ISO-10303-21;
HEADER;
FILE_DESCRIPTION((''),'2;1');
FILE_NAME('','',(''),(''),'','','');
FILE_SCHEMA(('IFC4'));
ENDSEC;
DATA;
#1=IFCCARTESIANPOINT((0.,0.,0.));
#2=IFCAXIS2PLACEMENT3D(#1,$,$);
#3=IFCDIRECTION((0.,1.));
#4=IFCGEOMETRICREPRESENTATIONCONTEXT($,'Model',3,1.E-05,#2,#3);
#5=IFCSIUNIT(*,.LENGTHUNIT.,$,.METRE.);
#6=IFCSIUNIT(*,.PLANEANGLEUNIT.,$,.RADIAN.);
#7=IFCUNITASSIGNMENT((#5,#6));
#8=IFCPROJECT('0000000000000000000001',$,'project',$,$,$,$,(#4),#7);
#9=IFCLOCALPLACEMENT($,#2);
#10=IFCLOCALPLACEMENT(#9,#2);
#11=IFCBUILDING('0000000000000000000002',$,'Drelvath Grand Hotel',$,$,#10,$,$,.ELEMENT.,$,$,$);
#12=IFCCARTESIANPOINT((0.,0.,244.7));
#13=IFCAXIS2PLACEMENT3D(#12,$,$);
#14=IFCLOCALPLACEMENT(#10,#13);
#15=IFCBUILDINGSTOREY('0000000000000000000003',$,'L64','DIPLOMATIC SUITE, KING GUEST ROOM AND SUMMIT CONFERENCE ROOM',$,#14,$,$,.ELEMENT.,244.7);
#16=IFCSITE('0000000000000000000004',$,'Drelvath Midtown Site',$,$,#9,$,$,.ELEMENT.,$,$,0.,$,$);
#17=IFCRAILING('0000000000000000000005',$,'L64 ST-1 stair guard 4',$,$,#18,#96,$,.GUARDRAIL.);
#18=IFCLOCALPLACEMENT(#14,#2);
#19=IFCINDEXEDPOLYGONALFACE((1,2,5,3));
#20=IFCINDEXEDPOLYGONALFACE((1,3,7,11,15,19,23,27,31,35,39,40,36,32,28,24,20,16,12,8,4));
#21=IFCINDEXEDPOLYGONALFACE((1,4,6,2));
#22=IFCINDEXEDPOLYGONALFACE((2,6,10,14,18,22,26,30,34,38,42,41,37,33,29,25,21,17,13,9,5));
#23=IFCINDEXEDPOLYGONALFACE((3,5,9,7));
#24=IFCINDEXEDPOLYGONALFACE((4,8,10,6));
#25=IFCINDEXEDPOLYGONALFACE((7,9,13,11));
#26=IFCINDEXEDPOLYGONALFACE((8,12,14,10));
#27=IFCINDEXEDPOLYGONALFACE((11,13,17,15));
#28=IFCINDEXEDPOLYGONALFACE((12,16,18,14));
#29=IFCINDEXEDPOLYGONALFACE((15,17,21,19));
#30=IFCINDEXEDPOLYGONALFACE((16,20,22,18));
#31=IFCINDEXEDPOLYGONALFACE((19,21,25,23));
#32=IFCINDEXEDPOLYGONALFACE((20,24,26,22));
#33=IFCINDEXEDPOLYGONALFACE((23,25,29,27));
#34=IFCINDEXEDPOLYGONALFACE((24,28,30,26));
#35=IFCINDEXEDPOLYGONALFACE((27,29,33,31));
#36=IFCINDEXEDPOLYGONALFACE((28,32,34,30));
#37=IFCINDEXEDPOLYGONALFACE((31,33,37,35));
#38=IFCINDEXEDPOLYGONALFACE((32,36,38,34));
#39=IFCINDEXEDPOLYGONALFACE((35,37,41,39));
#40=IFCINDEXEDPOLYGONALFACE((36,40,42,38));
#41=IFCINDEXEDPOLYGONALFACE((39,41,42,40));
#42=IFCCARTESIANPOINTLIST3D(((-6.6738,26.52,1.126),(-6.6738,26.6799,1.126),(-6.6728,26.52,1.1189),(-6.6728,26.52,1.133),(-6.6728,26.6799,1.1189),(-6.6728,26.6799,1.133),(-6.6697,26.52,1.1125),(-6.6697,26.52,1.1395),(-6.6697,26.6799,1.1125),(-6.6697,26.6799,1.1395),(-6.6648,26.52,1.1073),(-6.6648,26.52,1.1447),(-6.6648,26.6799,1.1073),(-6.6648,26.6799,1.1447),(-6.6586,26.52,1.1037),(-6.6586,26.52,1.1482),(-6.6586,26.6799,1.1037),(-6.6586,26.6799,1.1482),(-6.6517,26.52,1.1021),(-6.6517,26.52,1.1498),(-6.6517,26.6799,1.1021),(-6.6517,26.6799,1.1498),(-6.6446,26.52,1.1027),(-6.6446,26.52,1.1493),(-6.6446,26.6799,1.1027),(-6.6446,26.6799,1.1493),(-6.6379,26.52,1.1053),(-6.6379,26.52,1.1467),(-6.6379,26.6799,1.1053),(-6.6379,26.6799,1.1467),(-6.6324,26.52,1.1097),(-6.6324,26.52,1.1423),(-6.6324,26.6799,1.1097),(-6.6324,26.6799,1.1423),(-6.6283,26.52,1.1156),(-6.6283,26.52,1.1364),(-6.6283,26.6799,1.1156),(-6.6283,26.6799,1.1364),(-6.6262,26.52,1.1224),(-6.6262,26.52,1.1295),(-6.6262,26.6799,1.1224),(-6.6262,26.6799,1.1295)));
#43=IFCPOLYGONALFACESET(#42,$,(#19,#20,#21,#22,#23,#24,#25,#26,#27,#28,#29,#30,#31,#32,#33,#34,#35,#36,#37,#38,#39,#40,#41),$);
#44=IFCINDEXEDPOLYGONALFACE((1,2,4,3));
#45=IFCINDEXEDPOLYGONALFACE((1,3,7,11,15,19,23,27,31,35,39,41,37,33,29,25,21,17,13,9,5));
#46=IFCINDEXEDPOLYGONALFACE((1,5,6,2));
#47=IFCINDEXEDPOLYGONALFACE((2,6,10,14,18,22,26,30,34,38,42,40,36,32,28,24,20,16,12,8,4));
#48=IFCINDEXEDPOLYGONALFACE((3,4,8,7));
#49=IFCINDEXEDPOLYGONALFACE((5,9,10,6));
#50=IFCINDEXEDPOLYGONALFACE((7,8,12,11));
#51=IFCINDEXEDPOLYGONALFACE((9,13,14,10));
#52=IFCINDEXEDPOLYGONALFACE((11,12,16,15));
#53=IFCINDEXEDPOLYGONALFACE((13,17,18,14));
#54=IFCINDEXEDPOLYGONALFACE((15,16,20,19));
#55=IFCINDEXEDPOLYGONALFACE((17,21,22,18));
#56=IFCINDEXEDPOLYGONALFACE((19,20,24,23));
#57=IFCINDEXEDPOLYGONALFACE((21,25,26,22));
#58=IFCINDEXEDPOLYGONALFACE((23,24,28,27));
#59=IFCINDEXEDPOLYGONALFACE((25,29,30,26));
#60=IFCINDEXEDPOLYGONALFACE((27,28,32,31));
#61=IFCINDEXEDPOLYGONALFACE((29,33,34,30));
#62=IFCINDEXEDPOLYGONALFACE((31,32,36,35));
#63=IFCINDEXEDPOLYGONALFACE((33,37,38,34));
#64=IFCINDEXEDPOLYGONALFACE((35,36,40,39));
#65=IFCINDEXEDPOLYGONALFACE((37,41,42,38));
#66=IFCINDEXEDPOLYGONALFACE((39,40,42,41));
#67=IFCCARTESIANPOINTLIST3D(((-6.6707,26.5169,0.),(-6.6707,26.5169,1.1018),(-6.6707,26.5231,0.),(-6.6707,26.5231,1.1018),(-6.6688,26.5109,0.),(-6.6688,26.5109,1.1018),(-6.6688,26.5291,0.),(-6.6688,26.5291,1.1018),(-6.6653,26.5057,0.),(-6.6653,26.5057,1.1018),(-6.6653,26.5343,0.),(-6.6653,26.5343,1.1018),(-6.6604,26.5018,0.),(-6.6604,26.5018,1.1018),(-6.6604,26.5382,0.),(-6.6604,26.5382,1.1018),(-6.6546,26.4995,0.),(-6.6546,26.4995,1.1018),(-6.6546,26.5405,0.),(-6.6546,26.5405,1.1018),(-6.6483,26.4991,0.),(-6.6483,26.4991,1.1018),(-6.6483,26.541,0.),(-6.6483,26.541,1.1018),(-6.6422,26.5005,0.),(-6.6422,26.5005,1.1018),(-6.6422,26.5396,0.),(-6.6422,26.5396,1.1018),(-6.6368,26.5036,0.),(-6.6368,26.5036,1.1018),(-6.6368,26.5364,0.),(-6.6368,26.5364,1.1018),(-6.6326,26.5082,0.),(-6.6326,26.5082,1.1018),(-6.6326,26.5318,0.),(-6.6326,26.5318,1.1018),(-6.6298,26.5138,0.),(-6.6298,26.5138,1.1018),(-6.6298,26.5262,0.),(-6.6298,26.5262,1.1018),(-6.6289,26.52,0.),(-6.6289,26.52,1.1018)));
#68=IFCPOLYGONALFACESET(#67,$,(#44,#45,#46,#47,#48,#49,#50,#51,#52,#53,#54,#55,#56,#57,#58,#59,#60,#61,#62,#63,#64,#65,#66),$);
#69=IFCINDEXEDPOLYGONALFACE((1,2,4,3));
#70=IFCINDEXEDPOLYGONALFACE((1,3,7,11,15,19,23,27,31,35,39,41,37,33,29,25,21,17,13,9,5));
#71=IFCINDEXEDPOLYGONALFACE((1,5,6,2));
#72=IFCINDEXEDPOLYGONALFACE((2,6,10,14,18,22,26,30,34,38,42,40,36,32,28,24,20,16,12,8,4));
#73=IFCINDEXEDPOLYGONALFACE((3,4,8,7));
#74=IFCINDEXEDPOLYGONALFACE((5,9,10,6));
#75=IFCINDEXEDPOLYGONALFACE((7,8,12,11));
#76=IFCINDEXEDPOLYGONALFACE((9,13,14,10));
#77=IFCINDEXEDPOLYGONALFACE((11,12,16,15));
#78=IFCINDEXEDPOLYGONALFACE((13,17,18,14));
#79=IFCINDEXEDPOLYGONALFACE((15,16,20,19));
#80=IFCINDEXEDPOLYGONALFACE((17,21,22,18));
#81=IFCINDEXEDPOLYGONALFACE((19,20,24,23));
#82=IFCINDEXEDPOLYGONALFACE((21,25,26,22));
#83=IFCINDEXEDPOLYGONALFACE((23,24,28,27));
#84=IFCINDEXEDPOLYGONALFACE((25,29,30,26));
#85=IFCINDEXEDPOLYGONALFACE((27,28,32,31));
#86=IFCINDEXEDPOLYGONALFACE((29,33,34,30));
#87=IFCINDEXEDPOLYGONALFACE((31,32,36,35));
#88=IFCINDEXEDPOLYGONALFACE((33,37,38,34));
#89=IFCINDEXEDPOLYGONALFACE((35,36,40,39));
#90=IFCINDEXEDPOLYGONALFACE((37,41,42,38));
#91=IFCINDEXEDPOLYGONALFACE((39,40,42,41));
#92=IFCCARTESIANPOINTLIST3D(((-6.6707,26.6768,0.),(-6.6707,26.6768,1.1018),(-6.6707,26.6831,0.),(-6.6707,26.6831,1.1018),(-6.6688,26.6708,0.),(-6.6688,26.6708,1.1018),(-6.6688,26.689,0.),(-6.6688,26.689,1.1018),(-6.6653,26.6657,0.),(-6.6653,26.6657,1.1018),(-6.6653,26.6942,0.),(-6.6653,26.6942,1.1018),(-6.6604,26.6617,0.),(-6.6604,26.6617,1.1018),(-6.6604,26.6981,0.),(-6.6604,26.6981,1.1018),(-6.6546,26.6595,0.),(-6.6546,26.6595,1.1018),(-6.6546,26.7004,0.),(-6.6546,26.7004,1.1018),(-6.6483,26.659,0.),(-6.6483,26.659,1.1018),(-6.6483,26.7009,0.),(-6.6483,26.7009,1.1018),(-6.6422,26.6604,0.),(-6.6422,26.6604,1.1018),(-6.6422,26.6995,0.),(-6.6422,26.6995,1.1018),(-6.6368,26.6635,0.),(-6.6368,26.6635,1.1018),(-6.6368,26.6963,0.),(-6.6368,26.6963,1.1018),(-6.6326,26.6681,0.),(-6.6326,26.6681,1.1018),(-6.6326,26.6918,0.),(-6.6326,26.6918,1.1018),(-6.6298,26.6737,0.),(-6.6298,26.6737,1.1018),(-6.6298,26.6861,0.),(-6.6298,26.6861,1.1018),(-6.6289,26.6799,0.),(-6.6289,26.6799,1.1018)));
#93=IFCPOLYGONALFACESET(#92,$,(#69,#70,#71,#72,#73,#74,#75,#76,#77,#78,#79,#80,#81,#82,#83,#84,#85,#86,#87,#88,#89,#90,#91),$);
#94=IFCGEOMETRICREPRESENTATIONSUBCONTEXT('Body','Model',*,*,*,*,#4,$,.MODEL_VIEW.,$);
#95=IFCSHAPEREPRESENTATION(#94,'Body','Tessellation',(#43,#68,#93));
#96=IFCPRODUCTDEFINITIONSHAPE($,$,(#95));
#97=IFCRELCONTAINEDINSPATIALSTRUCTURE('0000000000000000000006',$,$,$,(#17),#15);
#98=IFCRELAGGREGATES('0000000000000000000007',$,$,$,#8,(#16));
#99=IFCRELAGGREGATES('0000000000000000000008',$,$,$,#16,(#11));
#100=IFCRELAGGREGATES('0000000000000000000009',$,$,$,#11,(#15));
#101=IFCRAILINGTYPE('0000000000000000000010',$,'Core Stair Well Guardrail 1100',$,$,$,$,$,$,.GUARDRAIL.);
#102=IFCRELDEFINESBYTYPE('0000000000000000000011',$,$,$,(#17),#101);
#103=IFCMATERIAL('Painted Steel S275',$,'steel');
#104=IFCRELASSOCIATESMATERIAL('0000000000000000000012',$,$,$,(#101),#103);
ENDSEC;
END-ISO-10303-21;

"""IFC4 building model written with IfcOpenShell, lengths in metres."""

from ifc_helpers import new_model, si_unit, direction, frame, origin, origin_2d, place, context, subcontext, project, spatial, circle, extrude, material, type_object, element, save


model = new_model("IFC4")

# Units and contexts
model_context = context("Model", 3, precision=1e-05, world=origin(), true_north=direction((0.0, 1.0)))
body_context = subcontext(model_context, "Body", "Model", "MODEL_VIEW")
ifc_project = project(units=[si_unit("LENGTHUNIT", "METRE"), si_unit("PLANEANGLEUNIT", "RADIAN")], contexts=[model_context])

# Site, building, storey
site_placement = place(None, origin())
site = spatial("IfcSite", under=ifc_project, at=site_placement, Name="Drelvath Midtown Site", CompositionType="ELEMENT", RefElevation=0.0)
building_placement = place(site_placement, origin())
building = spatial("IfcBuilding", under=site, at=building_placement, Name="Drelvath Grand Hotel", CompositionType="ELEMENT")
storey_placement = place(building_placement, frame((0.0, 0.0, 244.7)))
storey = spatial("IfcBuildingStorey", under=building, at=storey_placement, Name="L64", Description="DIPLOMATIC SUITE, KING GUEST ROOM AND SUMMIT CONFERENCE ROOM", CompositionType="ELEMENT", Elevation=244.7)

# Shared definitions
ifc_material_1 = material(Name="Painted Steel S275", Category="steel")

# Railing
railing_type_1 = type_object("IfcRailingType", Name="Core Stair Well Guardrail 1100", PredefinedType="GUARDRAIL", material=ifc_material_1)
railing_1_placement = place(storey_placement, frame((-6.6499, 26.52, 0.0)))
element("IfcRailing", 1, at=railing_1_placement, inside=storey, type_object=railing_type_1, Name="L64 ST-1 stair guard 4", PredefinedType="GUARDRAIL", context=body_context, shape_type="SweptSolid", body=[
    extrude(circle(Radius=0.0239, at=origin_2d()), frame((0.0, 0.0, 1.126), z_axis=(0.0, 1.0, 0.0), x_axis=(-1.0, 0.0, 0.0)), (0.0, 0.0, 1.0), 0.1599),
    extrude(circle(Radius=0.021, at=origin_2d()), origin(), (0.0, 0.0, 1.0), 1.1018),
    extrude(circle(Radius=0.021, at=origin_2d()), frame((0.0, 0.1599, 0.0)), (0.0, 0.0, 1.0), 1.1018),
])

save(model, "model.ifc")
